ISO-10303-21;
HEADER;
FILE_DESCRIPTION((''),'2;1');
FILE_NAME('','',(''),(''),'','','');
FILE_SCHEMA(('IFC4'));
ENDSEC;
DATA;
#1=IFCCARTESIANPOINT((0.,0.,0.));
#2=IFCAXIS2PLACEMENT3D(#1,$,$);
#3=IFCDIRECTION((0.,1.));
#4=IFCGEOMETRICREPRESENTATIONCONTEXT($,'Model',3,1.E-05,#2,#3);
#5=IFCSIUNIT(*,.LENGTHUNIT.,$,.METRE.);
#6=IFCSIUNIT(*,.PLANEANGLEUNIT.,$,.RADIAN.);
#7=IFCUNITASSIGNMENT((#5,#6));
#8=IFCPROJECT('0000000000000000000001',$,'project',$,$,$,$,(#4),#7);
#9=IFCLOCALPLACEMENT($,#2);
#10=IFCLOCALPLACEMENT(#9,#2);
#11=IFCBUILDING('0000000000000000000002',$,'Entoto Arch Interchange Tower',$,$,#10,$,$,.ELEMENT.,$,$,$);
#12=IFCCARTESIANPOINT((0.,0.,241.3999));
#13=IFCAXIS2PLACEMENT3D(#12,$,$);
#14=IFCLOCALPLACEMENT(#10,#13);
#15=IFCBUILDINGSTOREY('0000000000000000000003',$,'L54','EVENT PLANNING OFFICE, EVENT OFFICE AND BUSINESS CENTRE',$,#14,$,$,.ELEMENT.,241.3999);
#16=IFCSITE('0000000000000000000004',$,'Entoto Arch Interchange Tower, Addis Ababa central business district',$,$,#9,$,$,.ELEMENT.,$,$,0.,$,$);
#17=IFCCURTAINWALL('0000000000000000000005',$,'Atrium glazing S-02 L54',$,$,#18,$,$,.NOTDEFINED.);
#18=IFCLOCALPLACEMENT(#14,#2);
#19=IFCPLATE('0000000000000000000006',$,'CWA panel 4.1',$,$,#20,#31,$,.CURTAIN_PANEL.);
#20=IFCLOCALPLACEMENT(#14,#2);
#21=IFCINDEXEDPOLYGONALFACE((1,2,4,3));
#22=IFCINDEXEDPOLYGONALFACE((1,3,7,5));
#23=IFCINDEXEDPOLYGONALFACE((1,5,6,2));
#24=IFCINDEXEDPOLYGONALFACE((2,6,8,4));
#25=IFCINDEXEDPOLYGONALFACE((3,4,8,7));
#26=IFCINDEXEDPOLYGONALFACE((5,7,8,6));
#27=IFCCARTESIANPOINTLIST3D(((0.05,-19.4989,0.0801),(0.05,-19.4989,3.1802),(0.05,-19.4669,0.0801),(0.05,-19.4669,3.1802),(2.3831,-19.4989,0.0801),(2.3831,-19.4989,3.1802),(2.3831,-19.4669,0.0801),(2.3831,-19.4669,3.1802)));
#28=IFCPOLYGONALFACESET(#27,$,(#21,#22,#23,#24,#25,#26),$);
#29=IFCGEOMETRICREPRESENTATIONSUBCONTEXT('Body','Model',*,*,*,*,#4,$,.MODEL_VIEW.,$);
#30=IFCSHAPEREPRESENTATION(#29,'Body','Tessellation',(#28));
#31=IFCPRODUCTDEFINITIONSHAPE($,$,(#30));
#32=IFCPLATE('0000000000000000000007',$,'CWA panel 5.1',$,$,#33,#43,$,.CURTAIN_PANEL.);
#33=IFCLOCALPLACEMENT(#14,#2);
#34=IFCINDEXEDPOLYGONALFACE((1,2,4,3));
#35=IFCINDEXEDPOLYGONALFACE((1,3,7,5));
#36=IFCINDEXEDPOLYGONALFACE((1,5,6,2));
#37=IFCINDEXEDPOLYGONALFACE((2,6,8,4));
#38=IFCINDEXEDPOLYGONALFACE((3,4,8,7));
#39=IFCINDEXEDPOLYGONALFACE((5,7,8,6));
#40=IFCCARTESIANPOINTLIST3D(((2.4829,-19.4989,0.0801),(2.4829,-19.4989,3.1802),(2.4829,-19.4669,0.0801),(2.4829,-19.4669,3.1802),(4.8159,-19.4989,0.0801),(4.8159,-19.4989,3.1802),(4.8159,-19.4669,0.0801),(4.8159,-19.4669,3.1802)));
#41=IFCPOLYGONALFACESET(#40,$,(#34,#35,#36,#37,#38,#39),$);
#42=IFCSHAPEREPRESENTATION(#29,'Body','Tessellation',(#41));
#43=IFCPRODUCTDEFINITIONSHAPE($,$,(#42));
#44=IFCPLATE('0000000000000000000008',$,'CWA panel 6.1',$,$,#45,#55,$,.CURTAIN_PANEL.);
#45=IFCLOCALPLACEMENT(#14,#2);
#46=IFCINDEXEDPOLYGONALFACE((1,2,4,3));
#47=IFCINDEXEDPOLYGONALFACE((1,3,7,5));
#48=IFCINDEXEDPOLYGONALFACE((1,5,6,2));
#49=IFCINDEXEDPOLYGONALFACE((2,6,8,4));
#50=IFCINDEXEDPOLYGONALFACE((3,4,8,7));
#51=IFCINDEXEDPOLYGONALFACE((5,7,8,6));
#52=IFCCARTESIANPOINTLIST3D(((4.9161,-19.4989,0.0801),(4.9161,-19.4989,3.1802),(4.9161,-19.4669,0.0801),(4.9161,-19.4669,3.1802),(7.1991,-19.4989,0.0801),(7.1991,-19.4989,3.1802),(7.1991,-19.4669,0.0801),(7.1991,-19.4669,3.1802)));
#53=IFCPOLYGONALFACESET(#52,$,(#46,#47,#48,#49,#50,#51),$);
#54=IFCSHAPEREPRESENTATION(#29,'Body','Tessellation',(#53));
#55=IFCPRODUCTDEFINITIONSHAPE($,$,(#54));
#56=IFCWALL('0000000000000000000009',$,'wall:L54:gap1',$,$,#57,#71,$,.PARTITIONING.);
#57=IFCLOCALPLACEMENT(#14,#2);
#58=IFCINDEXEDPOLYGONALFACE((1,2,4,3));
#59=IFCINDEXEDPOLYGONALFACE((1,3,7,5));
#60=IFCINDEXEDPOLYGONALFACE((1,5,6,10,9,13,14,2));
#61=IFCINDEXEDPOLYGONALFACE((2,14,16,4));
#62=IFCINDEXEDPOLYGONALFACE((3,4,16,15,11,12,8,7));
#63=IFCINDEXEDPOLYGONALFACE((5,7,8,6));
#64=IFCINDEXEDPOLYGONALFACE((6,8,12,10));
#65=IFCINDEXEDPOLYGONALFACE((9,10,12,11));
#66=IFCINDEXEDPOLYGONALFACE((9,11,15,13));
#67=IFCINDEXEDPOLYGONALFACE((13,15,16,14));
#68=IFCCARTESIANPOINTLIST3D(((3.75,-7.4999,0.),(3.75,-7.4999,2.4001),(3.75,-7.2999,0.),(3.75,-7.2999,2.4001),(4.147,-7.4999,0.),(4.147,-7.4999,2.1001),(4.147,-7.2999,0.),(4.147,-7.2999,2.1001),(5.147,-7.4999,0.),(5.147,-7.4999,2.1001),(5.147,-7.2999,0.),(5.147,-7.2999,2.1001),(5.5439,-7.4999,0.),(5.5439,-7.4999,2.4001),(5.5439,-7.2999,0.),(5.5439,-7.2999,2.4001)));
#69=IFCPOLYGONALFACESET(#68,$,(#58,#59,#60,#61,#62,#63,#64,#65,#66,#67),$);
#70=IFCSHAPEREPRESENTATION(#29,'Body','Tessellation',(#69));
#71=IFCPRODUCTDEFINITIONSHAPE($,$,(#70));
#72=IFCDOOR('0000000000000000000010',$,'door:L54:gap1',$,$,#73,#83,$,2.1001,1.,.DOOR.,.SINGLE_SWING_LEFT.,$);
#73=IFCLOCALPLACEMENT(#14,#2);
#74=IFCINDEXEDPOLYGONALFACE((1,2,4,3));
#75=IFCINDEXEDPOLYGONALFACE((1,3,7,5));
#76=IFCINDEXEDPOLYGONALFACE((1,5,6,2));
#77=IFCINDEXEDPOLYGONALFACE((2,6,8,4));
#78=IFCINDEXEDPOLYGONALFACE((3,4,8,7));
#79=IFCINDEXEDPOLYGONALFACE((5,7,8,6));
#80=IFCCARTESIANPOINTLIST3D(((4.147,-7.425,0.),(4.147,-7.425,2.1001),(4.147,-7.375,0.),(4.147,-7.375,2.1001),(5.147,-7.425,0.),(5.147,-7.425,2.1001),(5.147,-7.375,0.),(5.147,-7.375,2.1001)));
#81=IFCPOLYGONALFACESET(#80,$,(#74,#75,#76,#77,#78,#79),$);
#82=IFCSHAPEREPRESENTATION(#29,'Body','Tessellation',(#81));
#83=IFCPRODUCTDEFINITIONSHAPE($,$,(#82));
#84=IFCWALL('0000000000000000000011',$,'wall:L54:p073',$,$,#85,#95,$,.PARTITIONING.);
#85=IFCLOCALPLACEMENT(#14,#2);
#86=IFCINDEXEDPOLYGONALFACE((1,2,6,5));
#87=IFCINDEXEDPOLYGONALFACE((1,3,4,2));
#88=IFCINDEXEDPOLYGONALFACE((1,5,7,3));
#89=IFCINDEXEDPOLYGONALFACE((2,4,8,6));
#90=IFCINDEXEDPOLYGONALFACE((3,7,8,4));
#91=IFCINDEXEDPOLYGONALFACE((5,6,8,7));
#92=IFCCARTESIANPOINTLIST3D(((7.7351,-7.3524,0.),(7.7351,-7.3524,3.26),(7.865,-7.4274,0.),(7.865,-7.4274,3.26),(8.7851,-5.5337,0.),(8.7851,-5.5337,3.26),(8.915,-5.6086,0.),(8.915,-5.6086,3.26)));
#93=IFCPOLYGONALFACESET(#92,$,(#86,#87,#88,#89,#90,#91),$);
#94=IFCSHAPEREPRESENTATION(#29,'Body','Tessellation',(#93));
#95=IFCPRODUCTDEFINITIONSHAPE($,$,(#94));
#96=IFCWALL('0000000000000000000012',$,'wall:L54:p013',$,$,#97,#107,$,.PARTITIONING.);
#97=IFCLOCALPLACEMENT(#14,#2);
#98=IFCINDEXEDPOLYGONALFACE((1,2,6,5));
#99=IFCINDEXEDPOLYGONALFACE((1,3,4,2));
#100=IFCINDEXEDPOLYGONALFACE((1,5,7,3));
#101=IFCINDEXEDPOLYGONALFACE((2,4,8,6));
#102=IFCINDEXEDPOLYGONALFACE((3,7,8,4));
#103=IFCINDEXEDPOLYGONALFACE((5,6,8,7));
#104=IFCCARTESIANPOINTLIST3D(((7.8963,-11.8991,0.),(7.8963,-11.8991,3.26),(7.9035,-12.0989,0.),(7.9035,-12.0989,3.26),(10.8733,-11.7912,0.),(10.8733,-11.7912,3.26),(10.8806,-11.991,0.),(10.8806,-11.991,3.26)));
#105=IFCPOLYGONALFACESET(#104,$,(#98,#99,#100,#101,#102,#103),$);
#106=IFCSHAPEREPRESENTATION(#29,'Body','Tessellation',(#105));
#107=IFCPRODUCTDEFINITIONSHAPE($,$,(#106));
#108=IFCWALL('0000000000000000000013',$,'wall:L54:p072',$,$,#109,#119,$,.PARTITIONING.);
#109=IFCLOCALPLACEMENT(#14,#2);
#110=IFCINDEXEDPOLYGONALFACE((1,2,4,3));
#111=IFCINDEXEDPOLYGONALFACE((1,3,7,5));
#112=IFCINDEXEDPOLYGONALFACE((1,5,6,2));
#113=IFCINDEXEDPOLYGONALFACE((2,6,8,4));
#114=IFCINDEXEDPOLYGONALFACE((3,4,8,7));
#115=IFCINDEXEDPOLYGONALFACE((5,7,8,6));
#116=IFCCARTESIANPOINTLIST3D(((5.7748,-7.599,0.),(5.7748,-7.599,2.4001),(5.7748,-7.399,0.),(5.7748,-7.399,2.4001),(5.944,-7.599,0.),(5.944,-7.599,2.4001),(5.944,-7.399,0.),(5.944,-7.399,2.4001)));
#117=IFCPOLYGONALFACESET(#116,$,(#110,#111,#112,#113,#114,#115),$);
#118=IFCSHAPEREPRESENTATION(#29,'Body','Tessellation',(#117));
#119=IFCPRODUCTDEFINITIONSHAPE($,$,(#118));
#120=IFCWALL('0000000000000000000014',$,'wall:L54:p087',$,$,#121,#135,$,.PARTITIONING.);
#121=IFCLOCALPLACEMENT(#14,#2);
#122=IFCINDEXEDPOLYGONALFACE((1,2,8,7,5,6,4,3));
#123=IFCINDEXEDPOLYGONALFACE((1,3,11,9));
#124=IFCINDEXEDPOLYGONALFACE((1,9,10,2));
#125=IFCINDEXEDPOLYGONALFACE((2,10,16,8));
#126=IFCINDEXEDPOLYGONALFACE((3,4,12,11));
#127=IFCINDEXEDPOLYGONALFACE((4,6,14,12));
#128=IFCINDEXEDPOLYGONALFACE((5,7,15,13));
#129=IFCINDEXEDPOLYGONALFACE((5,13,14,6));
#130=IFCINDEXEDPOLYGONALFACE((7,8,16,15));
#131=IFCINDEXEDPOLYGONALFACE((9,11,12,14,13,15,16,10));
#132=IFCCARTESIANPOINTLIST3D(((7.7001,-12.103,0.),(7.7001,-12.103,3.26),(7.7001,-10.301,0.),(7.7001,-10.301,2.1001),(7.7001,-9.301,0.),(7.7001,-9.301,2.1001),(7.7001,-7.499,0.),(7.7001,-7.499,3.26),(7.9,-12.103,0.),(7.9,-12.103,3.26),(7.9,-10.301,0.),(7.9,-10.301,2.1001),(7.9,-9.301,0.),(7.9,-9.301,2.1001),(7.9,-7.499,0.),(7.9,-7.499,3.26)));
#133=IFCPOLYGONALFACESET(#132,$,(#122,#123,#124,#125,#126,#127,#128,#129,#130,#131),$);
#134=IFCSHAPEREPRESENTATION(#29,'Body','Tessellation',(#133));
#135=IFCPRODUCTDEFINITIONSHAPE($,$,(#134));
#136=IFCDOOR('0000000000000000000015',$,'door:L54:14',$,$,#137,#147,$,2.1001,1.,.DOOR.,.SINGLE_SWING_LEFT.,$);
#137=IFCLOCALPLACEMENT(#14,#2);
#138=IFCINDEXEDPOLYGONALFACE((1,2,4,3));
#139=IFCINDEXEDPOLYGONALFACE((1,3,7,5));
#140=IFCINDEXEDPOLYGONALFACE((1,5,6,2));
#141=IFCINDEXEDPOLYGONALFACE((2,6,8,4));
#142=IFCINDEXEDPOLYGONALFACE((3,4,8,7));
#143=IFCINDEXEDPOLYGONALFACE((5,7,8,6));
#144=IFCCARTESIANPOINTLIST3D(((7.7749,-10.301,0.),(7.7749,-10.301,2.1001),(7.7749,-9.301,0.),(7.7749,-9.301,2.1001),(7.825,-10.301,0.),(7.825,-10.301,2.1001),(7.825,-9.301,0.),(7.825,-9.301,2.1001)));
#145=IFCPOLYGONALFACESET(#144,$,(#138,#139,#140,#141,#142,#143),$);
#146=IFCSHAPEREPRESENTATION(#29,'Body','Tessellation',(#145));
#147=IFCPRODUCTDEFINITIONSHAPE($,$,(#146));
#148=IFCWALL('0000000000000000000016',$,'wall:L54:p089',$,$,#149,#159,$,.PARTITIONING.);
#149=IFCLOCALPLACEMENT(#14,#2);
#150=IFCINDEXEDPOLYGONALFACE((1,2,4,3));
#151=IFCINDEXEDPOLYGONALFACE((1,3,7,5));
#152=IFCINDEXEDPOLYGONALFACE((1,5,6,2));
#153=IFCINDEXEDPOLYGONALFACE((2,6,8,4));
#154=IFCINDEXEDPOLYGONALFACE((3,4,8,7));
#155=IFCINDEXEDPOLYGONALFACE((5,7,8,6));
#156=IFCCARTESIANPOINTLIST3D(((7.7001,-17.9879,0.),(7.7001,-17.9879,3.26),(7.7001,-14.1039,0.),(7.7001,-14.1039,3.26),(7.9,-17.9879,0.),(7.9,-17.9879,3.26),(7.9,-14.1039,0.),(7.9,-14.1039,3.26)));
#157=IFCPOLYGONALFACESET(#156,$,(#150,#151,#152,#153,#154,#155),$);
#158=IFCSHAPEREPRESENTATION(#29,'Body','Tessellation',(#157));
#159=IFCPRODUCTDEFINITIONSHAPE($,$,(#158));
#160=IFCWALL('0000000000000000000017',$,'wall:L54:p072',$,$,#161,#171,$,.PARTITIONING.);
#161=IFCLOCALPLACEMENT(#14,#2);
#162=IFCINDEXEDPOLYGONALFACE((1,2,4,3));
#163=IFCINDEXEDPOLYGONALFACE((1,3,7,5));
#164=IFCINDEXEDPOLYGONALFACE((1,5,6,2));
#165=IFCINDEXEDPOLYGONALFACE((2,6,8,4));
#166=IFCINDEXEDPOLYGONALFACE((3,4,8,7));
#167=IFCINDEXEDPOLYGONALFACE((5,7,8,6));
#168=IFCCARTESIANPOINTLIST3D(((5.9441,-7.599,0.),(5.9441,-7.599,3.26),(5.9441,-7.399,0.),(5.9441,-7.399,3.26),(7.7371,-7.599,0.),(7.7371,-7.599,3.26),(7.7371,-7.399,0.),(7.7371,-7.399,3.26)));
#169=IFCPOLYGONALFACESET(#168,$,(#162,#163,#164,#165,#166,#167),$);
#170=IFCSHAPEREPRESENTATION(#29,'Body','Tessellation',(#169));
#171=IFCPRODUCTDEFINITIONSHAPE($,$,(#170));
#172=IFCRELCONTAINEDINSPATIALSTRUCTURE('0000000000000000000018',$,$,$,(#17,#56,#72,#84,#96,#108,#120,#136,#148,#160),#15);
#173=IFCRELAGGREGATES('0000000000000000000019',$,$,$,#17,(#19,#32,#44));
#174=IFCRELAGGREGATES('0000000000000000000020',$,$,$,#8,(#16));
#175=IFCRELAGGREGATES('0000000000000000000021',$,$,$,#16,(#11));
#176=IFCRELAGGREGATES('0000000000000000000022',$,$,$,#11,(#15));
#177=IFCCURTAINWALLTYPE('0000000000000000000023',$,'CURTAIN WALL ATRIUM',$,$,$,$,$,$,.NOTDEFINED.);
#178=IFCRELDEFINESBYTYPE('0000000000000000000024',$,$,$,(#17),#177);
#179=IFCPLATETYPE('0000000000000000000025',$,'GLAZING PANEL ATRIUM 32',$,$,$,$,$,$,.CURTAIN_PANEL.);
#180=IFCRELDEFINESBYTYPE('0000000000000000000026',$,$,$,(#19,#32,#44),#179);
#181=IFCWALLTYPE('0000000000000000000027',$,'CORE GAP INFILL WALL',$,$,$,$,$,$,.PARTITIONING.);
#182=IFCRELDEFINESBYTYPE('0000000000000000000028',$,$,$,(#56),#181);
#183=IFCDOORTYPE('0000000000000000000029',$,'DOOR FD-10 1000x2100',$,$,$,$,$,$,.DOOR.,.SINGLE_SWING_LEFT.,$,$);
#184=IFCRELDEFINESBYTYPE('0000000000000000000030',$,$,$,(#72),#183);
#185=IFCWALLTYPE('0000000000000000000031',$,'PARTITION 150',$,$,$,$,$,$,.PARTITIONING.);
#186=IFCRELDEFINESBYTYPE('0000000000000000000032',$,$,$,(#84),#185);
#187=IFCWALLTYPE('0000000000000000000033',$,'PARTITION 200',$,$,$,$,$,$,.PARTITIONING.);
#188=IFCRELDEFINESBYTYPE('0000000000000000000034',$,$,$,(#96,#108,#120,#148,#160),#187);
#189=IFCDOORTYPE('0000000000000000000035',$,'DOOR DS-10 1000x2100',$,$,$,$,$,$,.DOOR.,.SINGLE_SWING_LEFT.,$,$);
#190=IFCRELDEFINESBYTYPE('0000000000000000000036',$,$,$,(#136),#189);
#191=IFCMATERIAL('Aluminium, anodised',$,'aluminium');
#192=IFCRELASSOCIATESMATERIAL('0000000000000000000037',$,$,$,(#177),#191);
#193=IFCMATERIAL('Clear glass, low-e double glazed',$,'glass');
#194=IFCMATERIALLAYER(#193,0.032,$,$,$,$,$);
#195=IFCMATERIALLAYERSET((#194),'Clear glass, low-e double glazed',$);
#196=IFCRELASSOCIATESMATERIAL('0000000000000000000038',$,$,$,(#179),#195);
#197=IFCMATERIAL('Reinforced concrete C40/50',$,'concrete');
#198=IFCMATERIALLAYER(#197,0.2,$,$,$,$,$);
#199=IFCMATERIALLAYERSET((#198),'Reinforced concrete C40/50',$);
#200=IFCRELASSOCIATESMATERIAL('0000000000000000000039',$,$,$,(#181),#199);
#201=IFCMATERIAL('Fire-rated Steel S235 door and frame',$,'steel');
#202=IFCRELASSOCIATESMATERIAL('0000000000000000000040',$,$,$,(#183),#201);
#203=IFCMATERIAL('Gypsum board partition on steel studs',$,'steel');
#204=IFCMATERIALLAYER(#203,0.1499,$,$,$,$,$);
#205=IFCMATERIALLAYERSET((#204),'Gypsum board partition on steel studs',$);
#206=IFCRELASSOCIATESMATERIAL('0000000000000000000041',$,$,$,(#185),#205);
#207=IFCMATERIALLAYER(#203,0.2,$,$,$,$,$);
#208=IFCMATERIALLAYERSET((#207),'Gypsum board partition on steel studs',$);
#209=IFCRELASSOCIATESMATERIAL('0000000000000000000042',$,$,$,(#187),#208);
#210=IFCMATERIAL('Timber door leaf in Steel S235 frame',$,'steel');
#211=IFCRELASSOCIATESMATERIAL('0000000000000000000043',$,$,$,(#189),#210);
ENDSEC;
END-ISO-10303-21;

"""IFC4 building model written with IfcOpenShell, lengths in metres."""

from ifc_helpers import new_model, si_unit, direction, frame, frame_2d, origin, origin_2d, place, context, subcontext, project, spatial, rectangle, extrude, material, layer, layer_set, type_object, element, fill, aggregate, save


model = new_model("IFC4")

# Units and contexts
model_context = context("Model", 3, precision=1e-05, world=origin(), true_north=direction((0.0, 1.0)))
body_context = subcontext(model_context, "Body", "Model", "MODEL_VIEW")
ifc_project = project(units=[si_unit("LENGTHUNIT", "METRE"), si_unit("PLANEANGLEUNIT", "RADIAN")], contexts=[model_context])

# Site, building, storey
site_placement = place(None, origin())
site = spatial("IfcSite", under=ifc_project, at=site_placement, Name="Entoto Arch Interchange Tower, Addis Ababa central business district", CompositionType="ELEMENT", RefElevation=0.0)
building_placement = place(site_placement, origin())
building = spatial("IfcBuilding", under=site, at=building_placement, Name="Entoto Arch Interchange Tower", CompositionType="ELEMENT")
storey_placement = place(building_placement, frame((0.0, 0.0, 241.3999)))
storey = spatial("IfcBuildingStorey", under=building, at=storey_placement, Name="L54", Description="EVENT PLANNING OFFICE, EVENT OFFICE AND BUSINESS CENTRE", CompositionType="ELEMENT", Elevation=241.3999)

# Curtain wall
ifc_material_1 = material(Name="Aluminium, anodised", Category="aluminium")
curtain_wall_type_1 = type_object("IfcCurtainWallType", Name="CURTAIN WALL ATRIUM", PredefinedType="NOTDEFINED", material=ifc_material_1)
curtain_wall_1_placement = place(storey_placement, origin())
curtain_wall_1 = element("IfcCurtainWall", 1, at=curtain_wall_1_placement, inside=storey, type_object=curtain_wall_type_1, Name="Atrium glazing S-02 L54", PredefinedType="NOTDEFINED")

# Plates
ifc_material_2 = material(Name="Clear glass, low-e double glazed", Category="glass")
ifc_layer_1 = layer(ifc_material_2, 0.032)
ifc_layer_set_1 = layer_set([ifc_layer_1], Name="Clear glass, low-e double glazed")
plate_type = type_object("IfcPlateType", Name="GLAZING PANEL ATRIUM 32", PredefinedType="CURTAIN_PANEL", material=ifc_layer_set_1)
plate_1_placement = place(storey_placement, frame((1.2166, -19.4829, 0.0801), z_axis=(0.0, 0.0, 1.0), x_axis=(1.0, 0.0, 0.0)))
plate_1 = element("IfcPlate", 2, at=plate_1_placement, type_object=plate_type, Name="CWA panel 4.1", PredefinedType="CURTAIN_PANEL", context=body_context, shape_type="SweptSolid", body=[
    extrude(rectangle(XDim=2.333, YDim=0.032, at=origin_2d()), origin(), (0.0, 0.0, 1.0), 3.1001),
])
plate_2_placement = place(storey_placement, frame((3.6494, -19.4829, 0.0801), z_axis=(0.0, 0.0, 1.0), x_axis=(1.0, 0.0, 0.0)))
plate_2 = element("IfcPlate", 3, at=plate_2_placement, type_object=plate_type, Name="CWA panel 5.1", PredefinedType="CURTAIN_PANEL", context=body_context, shape_type="SweptSolid", body=[
    extrude(rectangle(XDim=2.333, YDim=0.032, at=origin_2d()), origin(), (0.0, 0.0, 1.0), 3.1001),
])
plate_3_placement = place(storey_placement, frame((6.0576, -19.4829, 0.0801), z_axis=(0.0, 0.0, 1.0), x_axis=(1.0, 0.0, 0.0)))
plate_3 = element("IfcPlate", 4, at=plate_3_placement, type_object=plate_type, Name="CWA panel 6.1", PredefinedType="CURTAIN_PANEL", context=body_context, shape_type="SweptSolid", body=[
    extrude(rectangle(XDim=2.283, YDim=0.032, at=origin_2d()), origin(), (0.0, 0.0, 1.0), 3.1001),
])
aggregate(curtain_wall_1, [plate_1, plate_2, plate_3])

# Wall, opening, door
ifc_material_3 = material(Name="Reinforced concrete C40/50", Category="concrete")
ifc_layer_2 = layer(ifc_material_3, 0.2)
ifc_layer_set_2 = layer_set([ifc_layer_2], Name="Reinforced concrete C40/50")
wall_type_1 = type_object("IfcWallType", Name="CORE GAP INFILL WALL", PredefinedType="PARTITIONING", material=ifc_layer_set_2)
wall_1_placement = place(storey_placement, frame((3.75, -7.3999, 0.0), z_axis=(0.0, 0.0, 1.0), x_axis=(1.0, 0.0, 0.0)))
wall_1 = element("IfcWall", 5, at=wall_1_placement, inside=storey, type_object=wall_type_1, Name="wall:L54:gap1", PredefinedType="PARTITIONING", context=body_context, shape_type="SweptSolid", body=[
    extrude(rectangle(XDim=1.7939, YDim=0.2, at=frame_2d((0.897, 0.0))), origin(), (0.0, 0.0, 1.0), 2.4001),
])
opening_1_placement = place(wall_1_placement, frame((0.397, 0.0, 0.0)))
opening_1 = element("IfcOpeningElement", 6, at=opening_1_placement, cuts=wall_1, PredefinedType="OPENING", context=body_context, shape_type="SweptSolid", body=[
    extrude(rectangle(XDim=1.0, YDim=2.1001, at=frame_2d((0.5, 1.05))), frame((0.0, 0.1099, 0.0), z_axis=(0.0, -1.0, 0.0), x_axis=(1.0, 0.0, 0.0)), (0.0, 0.0, 1.0), 0.22),
])
ifc_material_4 = material(Name="Fire-rated Steel S235 door and frame", Category="steel")
door_type_1 = type_object("IfcDoorType", Name="DOOR FD-10 1000x2100", OperationType="SINGLE_SWING_LEFT", PredefinedType="DOOR", material=ifc_material_4)
door_1_placement = place(opening_1_placement, origin())
door_1 = element("IfcDoor", 7, at=door_1_placement, inside=storey, type_object=door_type_1, Name="door:L54:gap1", OperationType="SINGLE_SWING_LEFT", OverallHeight=2.1001, OverallWidth=1.0, PredefinedType="DOOR", context=body_context, shape_type="SweptSolid", body=[
    extrude(rectangle(XDim=1.0, YDim=2.1001, at=frame_2d((0.5, 1.05))), frame((0.0, 0.0249, 0.0), z_axis=(0.0, -1.0, 0.0), x_axis=(1.0, 0.0, 0.0)), (0.0, 0.0, 1.0), 0.05),
])
fill(opening_1, door_1)

# Walls
ifc_material_5 = material(Name="Gypsum board partition on steel studs", Category="steel")
ifc_layer_3 = layer(ifc_material_5, 0.1499)
ifc_layer_set_3 = layer_set([ifc_layer_3], Name="Gypsum board partition on steel studs")
wall_type_2 = type_object("IfcWallType", Name="PARTITION 150", PredefinedType="PARTITIONING", material=ifc_layer_set_3)
wall_2_placement = place(storey_placement, frame((7.8, -7.3899, 0.0), z_axis=(0.0, 0.0, 1.0), x_axis=(0.499977, 0.866038, 0.0)))
element("IfcWall", 8, at=wall_2_placement, inside=storey, type_object=wall_type_2, Name="wall:L54:p073", PredefinedType="PARTITIONING", context=body_context, shape_type="SweptSolid", body=[
    extrude(rectangle(XDim=2.1001, YDim=0.1499, at=frame_2d((1.05, 0.0))), origin(), (0.0, 0.0, 1.0), 3.26),
])
ifc_layer_4 = layer(ifc_material_5, 0.2)
ifc_layer_set_4 = layer_set([ifc_layer_4], Name="Gypsum board partition on steel studs")
wall_type_3 = type_object("IfcWallType", Name="PARTITION 200", PredefinedType="PARTITIONING", material=ifc_layer_set_4)
wall_3_placement = place(storey_placement, frame((7.8999, -11.999, 0.0), z_axis=(0.0, 0.0, 1.0), x_axis=(0.999344, 0.036224, 0.0)))
element("IfcWall", 9, at=wall_3_placement, inside=storey, type_object=wall_type_3, Name="wall:L54:p013", PredefinedType="PARTITIONING", context=body_context, shape_type="SweptSolid", body=[
    extrude(rectangle(XDim=2.979, YDim=0.2, at=frame_2d((1.4895, 0.0))), origin(), (0.0, 0.0, 1.0), 3.26),
])
wall_4_placement = place(storey_placement, frame((5.7749, -7.499, 0.0), z_axis=(0.0, 0.0, 1.0), x_axis=(1.0, 0.0, 0.0)))
element("IfcWall", 10, at=wall_4_placement, inside=storey, type_object=wall_type_3, Name="wall:L54:p072", PredefinedType="PARTITIONING", context=body_context, shape_type="SweptSolid", body=[
    extrude(rectangle(XDim=0.1692, YDim=0.2, at=frame_2d((0.0845, 0.0))), origin(), (0.0, 0.0, 1.0), 2.4001),
])

# Wall, opening, door
wall_5_placement = place(storey_placement, frame((7.8, -7.499, 0.0), z_axis=(0.0, 0.0, 1.0), x_axis=(0.0, -1.0, 0.0)))
wall_5 = element("IfcWall", 11, at=wall_5_placement, inside=storey, type_object=wall_type_3, Name="wall:L54:p087", PredefinedType="PARTITIONING", context=body_context, shape_type="SweptSolid", body=[
    extrude(rectangle(XDim=4.604, YDim=0.2, at=frame_2d((2.302, 0.0))), origin(), (0.0, 0.0, 1.0), 3.26),
])
opening_2_placement = place(wall_5_placement, frame((1.802, 0.0, 0.0)))
opening_2 = element("IfcOpeningElement", 12, at=opening_2_placement, cuts=wall_5, PredefinedType="OPENING", context=body_context, shape_type="SweptSolid", body=[
    extrude(rectangle(XDim=1.0, YDim=2.1001, at=frame_2d((0.5, 1.05))), frame((0.0, 0.1099, 0.0), z_axis=(0.0, -1.0, 0.0), x_axis=(1.0, 0.0, 0.0)), (0.0, 0.0, 1.0), 0.22),
])
ifc_material_6 = material(Name="Timber door leaf in Steel S235 frame", Category="steel")
door_type_2 = type_object("IfcDoorType", Name="DOOR DS-10 1000x2100", OperationType="SINGLE_SWING_LEFT", PredefinedType="DOOR", material=ifc_material_6)
door_2_placement = place(opening_2_placement, origin())
door_2 = element("IfcDoor", 13, at=door_2_placement, inside=storey, type_object=door_type_2, Name="door:L54:14", OperationType="SINGLE_SWING_LEFT", OverallHeight=2.1001, OverallWidth=1.0, PredefinedType="DOOR", context=body_context, shape_type="SweptSolid", body=[
    extrude(rectangle(XDim=1.0, YDim=2.1001, at=frame_2d((0.5, 1.05))), frame((0.0, 0.0249, 0.0), z_axis=(0.0, -1.0, 0.0), x_axis=(1.0, 0.0, 0.0)), (0.0, 0.0, 1.0), 0.05),
])
fill(opening_2, door_2)

# Walls
wall_6_placement = place(storey_placement, frame((7.8, -14.104, 0.0), z_axis=(0.0, 0.0, 1.0), x_axis=(0.0, -1.0, 0.0)))
element("IfcWall", 14, at=wall_6_placement, inside=storey, type_object=wall_type_3, Name="wall:L54:p089", PredefinedType="PARTITIONING", context=body_context, shape_type="SweptSolid", body=[
    extrude(rectangle(XDim=3.884, YDim=0.2, at=frame_2d((1.9419, 0.0))), origin(), (0.0, 0.0, 1.0), 3.26),
])
wall_7_placement = place(storey_placement, frame((5.9441, -7.499, 0.0), z_axis=(0.0, 0.0, 1.0), x_axis=(1.0, 0.0, 0.0)))
element("IfcWall", 15, at=wall_7_placement, inside=storey, type_object=wall_type_3, Name="wall:L54:p072", PredefinedType="PARTITIONING", context=body_context, shape_type="SweptSolid", body=[
    extrude(rectangle(XDim=1.793, YDim=0.2, at=frame_2d((0.8965, 0.0))), origin(), (0.0, 0.0, 1.0), 3.26),
])

save(model, "model.ifc")
